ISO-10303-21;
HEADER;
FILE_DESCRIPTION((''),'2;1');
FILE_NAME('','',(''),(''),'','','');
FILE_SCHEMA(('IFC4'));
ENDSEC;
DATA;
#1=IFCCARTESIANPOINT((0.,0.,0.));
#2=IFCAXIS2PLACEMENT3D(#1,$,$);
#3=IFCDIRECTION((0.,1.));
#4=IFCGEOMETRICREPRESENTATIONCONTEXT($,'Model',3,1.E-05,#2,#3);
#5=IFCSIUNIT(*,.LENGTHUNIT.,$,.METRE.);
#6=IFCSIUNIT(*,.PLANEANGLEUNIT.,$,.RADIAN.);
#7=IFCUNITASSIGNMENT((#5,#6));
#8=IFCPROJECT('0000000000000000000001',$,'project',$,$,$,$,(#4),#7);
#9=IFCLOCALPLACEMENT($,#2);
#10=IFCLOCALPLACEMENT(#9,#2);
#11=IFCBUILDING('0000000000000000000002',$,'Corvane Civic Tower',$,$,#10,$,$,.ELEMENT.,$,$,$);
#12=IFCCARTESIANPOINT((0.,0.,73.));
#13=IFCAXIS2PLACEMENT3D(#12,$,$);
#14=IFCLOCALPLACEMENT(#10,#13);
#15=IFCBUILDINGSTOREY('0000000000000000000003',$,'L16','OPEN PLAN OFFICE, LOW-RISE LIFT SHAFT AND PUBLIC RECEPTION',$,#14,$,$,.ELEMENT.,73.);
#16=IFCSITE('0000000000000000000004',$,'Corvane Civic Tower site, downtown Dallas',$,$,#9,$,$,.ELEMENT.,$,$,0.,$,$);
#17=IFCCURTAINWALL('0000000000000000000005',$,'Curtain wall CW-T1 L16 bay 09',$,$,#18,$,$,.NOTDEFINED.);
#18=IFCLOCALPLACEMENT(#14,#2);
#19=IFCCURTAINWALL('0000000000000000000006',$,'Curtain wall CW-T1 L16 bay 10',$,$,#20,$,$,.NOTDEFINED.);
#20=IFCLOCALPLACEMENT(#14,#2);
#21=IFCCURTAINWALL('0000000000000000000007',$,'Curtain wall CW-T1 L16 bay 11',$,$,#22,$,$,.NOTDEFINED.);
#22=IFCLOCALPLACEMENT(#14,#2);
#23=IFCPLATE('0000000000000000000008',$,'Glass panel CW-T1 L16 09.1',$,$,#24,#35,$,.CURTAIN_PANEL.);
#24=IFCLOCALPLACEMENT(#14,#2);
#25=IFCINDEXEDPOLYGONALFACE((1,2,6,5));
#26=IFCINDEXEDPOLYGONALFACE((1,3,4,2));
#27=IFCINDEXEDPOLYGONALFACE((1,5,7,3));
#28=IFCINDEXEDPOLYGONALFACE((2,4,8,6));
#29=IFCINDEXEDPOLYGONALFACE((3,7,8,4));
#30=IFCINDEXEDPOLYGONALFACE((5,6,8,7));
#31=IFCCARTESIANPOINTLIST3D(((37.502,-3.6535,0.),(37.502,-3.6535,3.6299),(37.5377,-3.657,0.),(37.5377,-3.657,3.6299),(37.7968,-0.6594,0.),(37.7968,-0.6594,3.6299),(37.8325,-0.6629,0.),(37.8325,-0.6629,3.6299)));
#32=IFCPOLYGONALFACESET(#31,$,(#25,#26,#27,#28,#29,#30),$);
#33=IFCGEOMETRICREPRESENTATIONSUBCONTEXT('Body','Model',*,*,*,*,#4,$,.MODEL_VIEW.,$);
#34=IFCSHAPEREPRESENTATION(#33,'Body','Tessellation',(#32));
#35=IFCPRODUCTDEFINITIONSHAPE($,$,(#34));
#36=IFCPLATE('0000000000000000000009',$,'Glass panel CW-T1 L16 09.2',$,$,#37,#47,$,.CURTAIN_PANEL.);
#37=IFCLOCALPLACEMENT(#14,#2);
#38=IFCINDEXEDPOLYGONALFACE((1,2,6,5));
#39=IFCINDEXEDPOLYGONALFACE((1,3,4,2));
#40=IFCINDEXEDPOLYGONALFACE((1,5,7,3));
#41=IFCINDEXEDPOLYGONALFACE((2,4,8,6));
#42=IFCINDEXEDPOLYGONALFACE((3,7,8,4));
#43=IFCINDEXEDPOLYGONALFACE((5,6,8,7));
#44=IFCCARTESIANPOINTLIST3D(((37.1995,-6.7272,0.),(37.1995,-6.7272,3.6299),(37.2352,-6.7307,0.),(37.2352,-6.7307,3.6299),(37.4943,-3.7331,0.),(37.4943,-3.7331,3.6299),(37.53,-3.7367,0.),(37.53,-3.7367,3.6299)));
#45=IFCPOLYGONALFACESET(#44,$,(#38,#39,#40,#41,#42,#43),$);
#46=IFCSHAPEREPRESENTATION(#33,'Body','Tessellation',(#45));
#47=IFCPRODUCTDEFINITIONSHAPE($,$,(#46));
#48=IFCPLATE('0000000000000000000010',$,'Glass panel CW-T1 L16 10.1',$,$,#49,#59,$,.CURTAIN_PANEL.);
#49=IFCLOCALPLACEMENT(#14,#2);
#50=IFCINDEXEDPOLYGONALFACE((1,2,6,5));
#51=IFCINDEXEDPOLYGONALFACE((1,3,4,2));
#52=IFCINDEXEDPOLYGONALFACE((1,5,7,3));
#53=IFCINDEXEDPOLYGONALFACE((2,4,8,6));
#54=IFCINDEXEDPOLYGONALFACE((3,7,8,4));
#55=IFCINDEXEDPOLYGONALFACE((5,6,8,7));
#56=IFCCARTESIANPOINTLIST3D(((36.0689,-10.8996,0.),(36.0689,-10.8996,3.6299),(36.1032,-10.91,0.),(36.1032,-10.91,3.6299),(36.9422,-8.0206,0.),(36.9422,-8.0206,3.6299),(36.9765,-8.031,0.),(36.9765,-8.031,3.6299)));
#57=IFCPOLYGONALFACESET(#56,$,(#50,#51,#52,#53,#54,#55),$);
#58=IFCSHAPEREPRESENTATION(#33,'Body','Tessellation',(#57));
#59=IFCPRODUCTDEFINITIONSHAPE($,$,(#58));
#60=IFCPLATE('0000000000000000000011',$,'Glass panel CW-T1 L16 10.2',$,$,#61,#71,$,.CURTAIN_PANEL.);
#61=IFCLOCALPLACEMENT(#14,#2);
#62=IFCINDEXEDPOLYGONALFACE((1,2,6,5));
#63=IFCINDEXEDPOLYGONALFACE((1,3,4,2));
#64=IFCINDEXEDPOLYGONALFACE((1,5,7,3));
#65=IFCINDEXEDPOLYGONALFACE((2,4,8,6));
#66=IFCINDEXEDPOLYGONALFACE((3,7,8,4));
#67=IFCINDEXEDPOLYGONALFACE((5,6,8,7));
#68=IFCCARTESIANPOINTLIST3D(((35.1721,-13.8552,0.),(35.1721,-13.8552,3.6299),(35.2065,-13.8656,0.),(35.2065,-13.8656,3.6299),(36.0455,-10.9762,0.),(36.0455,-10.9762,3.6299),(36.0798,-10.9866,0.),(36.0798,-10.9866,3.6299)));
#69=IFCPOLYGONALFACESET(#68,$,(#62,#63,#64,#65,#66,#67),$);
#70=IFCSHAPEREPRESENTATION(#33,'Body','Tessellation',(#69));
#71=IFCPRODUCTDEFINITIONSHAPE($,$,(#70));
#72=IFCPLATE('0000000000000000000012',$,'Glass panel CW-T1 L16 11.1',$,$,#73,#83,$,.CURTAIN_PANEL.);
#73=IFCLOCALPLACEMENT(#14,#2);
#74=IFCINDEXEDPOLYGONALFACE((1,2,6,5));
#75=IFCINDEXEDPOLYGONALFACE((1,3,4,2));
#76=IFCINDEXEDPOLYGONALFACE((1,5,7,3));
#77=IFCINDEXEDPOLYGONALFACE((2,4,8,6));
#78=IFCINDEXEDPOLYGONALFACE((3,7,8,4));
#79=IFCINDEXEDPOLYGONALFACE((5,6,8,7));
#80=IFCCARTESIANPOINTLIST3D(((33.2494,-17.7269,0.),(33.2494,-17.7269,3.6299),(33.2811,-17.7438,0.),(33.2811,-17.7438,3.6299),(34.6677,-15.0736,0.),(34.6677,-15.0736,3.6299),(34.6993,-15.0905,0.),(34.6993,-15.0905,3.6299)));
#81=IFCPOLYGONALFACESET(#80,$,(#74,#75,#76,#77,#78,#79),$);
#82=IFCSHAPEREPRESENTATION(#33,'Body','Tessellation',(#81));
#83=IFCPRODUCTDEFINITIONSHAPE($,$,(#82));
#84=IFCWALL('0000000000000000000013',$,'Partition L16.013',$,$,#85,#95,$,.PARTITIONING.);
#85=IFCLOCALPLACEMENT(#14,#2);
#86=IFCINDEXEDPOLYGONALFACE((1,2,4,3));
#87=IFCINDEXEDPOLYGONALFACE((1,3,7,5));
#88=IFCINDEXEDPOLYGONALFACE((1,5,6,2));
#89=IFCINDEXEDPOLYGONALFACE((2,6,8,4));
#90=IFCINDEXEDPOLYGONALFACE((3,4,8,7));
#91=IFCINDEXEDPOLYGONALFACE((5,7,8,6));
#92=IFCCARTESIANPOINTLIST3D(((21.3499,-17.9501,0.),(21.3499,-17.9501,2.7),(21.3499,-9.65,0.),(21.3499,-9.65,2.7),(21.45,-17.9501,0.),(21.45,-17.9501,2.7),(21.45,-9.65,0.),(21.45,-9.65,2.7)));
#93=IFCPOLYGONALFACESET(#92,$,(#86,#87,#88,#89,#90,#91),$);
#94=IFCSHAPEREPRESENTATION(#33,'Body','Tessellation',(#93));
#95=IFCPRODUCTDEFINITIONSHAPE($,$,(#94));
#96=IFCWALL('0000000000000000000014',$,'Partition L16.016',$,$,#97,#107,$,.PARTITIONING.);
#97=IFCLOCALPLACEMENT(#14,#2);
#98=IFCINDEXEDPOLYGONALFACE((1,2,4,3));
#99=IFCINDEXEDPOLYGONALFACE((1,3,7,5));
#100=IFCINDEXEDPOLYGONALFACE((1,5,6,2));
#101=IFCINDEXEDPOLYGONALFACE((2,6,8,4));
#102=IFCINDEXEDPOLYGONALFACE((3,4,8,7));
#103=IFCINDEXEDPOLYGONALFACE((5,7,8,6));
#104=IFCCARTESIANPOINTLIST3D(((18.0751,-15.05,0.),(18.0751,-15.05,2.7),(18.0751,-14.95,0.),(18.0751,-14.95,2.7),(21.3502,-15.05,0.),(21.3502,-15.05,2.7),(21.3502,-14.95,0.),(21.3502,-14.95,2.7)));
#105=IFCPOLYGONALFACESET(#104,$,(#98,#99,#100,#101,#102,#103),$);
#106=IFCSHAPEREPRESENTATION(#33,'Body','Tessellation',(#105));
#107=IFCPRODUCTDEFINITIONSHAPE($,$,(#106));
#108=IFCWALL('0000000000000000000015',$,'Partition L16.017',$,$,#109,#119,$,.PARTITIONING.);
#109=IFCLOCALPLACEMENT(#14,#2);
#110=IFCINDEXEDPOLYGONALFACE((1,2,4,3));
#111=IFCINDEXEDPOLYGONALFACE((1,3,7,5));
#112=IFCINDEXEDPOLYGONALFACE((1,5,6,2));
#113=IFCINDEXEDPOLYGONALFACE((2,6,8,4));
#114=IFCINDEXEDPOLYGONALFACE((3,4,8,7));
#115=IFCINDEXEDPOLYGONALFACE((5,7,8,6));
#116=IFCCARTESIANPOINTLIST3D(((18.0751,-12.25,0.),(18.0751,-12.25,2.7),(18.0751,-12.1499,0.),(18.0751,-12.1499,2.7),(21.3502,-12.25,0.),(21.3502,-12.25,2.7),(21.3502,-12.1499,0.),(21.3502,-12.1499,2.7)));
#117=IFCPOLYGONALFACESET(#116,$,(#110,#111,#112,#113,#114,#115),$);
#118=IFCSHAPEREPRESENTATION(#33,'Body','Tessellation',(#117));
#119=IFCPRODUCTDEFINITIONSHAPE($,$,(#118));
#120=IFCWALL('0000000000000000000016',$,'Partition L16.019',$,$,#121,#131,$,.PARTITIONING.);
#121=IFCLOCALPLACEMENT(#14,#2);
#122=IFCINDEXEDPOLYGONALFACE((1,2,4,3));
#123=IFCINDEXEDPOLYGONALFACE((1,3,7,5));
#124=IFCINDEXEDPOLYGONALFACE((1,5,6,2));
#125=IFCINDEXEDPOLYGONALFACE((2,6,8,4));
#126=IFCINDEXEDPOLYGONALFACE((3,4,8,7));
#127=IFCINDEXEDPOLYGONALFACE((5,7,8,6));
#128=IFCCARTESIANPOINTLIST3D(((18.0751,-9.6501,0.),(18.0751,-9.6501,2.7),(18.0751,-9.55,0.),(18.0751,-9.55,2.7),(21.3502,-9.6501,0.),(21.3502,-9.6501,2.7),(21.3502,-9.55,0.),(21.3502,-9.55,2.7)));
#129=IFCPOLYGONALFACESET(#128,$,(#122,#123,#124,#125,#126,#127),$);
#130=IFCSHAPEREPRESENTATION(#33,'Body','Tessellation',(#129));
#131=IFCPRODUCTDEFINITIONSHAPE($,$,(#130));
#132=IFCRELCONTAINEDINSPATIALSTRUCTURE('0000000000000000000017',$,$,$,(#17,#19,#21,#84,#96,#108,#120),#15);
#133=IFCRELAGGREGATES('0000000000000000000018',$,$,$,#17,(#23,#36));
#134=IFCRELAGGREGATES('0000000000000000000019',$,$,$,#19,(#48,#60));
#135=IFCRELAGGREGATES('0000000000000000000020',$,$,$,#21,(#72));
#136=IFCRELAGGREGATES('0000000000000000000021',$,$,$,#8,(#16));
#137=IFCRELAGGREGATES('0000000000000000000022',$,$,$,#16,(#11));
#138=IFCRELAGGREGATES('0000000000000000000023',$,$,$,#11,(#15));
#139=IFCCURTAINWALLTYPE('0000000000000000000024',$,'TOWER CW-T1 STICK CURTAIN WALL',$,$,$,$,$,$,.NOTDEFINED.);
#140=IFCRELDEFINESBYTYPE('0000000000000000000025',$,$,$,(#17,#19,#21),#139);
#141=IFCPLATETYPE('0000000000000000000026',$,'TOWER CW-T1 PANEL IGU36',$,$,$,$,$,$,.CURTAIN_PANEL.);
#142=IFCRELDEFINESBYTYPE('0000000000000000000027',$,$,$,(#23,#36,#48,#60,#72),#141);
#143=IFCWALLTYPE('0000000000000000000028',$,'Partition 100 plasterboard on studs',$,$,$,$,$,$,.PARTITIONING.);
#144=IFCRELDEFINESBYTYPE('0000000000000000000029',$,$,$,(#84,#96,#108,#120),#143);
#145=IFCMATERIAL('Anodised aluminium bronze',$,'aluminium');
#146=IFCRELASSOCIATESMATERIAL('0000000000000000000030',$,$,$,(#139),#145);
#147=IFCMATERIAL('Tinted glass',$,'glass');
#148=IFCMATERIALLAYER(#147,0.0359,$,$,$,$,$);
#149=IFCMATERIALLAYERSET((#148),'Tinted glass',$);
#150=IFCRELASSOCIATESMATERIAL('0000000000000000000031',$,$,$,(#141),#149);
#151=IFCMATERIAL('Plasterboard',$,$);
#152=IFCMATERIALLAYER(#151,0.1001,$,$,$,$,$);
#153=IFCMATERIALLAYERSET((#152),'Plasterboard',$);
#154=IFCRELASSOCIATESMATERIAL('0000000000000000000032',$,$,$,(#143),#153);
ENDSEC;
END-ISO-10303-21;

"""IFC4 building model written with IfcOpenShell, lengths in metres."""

from ifc_helpers import new_model, si_unit, direction, frame, frame_2d, origin, origin_2d, place, context, subcontext, project, spatial, rectangle, extrude, material, layer, layer_set, type_object, element, aggregate, save


model = new_model("IFC4")

# Units and contexts
model_context = context("Model", 3, precision=1e-05, world=origin(), true_north=direction((0.0, 1.0)))
body_context = subcontext(model_context, "Body", "Model", "MODEL_VIEW")
ifc_project = project(units=[si_unit("LENGTHUNIT", "METRE"), si_unit("PLANEANGLEUNIT", "RADIAN")], contexts=[model_context])

# Site, building, storey
site_placement = place(None, origin())
site = spatial("IfcSite", under=ifc_project, at=site_placement, Name="Corvane Civic Tower site, downtown Dallas", CompositionType="ELEMENT", RefElevation=0.0)
building_placement = place(site_placement, origin())
building = spatial("IfcBuilding", under=site, at=building_placement, Name="Corvane Civic Tower", CompositionType="ELEMENT")
storey_placement = place(building_placement, frame((0.0, 0.0, 73.0)))
storey = spatial("IfcBuildingStorey", under=building, at=storey_placement, Name="L16", Description="OPEN PLAN OFFICE, LOW-RISE LIFT SHAFT AND PUBLIC RECEPTION", CompositionType="ELEMENT", Elevation=73.0)

# Curtain walls
ifc_material_1 = material(Name="Anodised aluminium bronze", Category="aluminium")
curtain_wall_type = type_object("IfcCurtainWallType", Name="TOWER CW-T1 STICK CURTAIN WALL", PredefinedType="NOTDEFINED", material=ifc_material_1)
curtain_wall_1_placement = place(storey_placement, origin())
curtain_wall_1 = element("IfcCurtainWall", 1, at=curtain_wall_1_placement, inside=storey, type_object=curtain_wall_type, Name="Curtain wall CW-T1 L16 bay 09", PredefinedType="NOTDEFINED")
curtain_wall_2_placement = place(storey_placement, origin())
curtain_wall_2 = element("IfcCurtainWall", 2, at=curtain_wall_2_placement, inside=storey, type_object=curtain_wall_type, Name="Curtain wall CW-T1 L16 bay 10", PredefinedType="NOTDEFINED")
curtain_wall_3_placement = place(storey_placement, origin())
curtain_wall_3 = element("IfcCurtainWall", 3, at=curtain_wall_3_placement, inside=storey, type_object=curtain_wall_type, Name="Curtain wall CW-T1 L16 bay 11", PredefinedType="NOTDEFINED")

# Plates
ifc_material_2 = material(Name="Tinted glass", Category="glass")
ifc_layer_1 = layer(ifc_material_2, 0.0359)
ifc_layer_set_1 = layer_set([ifc_layer_1], Name="Tinted glass")
plate_type = type_object("IfcPlateType", Name="TOWER CW-T1 PANEL IGU36", PredefinedType="CURTAIN_PANEL", material=ifc_layer_set_1)
plate_1_placement = place(storey_placement, frame((37.6672, -2.1582, 0.0), z_axis=(0.0, 0.0, 1.0), x_axis=(-0.098006, -0.995186, 0.0)))
plate_1 = element("IfcPlate", 4, at=plate_1_placement, type_object=plate_type, Name="Glass panel CW-T1 L16 09.1", PredefinedType="CURTAIN_PANEL", context=body_context, shape_type="SweptSolid", body=[
    extrude(rectangle(XDim=3.0085, YDim=0.0359, at=origin_2d()), origin(), (0.0, 0.0, 1.0), 3.6299),
])
plate_2_placement = place(storey_placement, frame((37.3647, -5.2319, 0.0), z_axis=(0.0, 0.0, 1.0), x_axis=(-0.098006, -0.995186, 0.0)))
plate_2 = element("IfcPlate", 5, at=plate_2_placement, type_object=plate_type, Name="Glass panel CW-T1 L16 09.2", PredefinedType="CURTAIN_PANEL", context=body_context, shape_type="SweptSolid", body=[
    extrude(rectangle(XDim=3.0085, YDim=0.0359, at=origin_2d()), origin(), (0.0, 0.0, 1.0), 3.6299),
])
aggregate(curtain_wall_1, [plate_1, plate_2])
plate_3_placement = place(storey_placement, frame((36.5227, -9.4653, 0.0), z_axis=(0.0, 0.0, 1.0), x_axis=(-0.290278, -0.956942, 0.0)))
plate_3 = element("IfcPlate", 6, at=plate_3_placement, type_object=plate_type, Name="Glass panel CW-T1 L16 10.1", PredefinedType="CURTAIN_PANEL", context=body_context, shape_type="SweptSolid", body=[
    extrude(rectangle(XDim=3.0085, YDim=0.0359, at=origin_2d()), origin(), (0.0, 0.0, 1.0), 3.6299),
])
plate_4_placement = place(storey_placement, frame((35.626, -12.4209, 0.0), z_axis=(0.0, 0.0, 1.0), x_axis=(-0.290278, -0.956942, 0.0)))
plate_4 = element("IfcPlate", 7, at=plate_4_placement, type_object=plate_type, Name="Glass panel CW-T1 L16 10.2", PredefinedType="CURTAIN_PANEL", context=body_context, shape_type="SweptSolid", body=[
    extrude(rectangle(XDim=3.0085, YDim=0.0359, at=origin_2d()), origin(), (0.0, 0.0, 1.0), 3.6299),
])
aggregate(curtain_wall_2, [plate_3, plate_4])
plate_5_placement = place(storey_placement, frame((33.9744, -16.4087, 0.0), z_axis=(0.0, 0.0, 1.0), x_axis=(-0.471404, -0.881918, 0.0)))
plate_5 = element("IfcPlate", 8, at=plate_5_placement, type_object=plate_type, Name="Glass panel CW-T1 L16 11.1", PredefinedType="CURTAIN_PANEL", context=body_context, shape_type="SweptSolid", body=[
    extrude(rectangle(XDim=3.0085, YDim=0.0359, at=origin_2d()), origin(), (0.0, 0.0, 1.0), 3.6299),
])
aggregate(curtain_wall_3, [plate_5])

# Walls
ifc_material_3 = material(Name="Plasterboard")
ifc_layer_2 = layer(ifc_material_3, 0.1001)
ifc_layer_set_2 = layer_set([ifc_layer_2], Name="Plasterboard")
wall_type = type_object("IfcWallType", Name="Partition 100 plasterboard on studs", PredefinedType="PARTITIONING", material=ifc_layer_set_2)
wall_placement = place(storey_placement, frame((21.3999, -17.95, 0.0), z_axis=(0.0, 0.0, 1.0), x_axis=(0.0, 1.0, 0.0)))
element("IfcWall", 9, at=wall_placement, inside=storey, type_object=wall_type, Name="Partition L16.013", PredefinedType="PARTITIONING", context=body_context, shape_type="SweptSolid", body=[
    extrude(rectangle(XDim=8.3, YDim=0.1001, at=frame_2d((4.1499, 0.0))), origin(), (0.0, 0.0, 1.0), 2.7),
])
for number, where, z_axis, x_axis, name in (
    (10, (18.075, -15.0, 0.0), (0.0, 0.0, 1.0), (1.0, 0.0, 0.0), "Partition L16.016"),
    (11, (18.075, -12.2, 0.0), (0.0, 0.0, 1.0), (1.0, 0.0, 0.0), "Partition L16.017"),
    (12, (18.075, -9.6001, 0.0), (0.0, 0.0, 1.0), (1.0, 0.0, 0.0), "Partition L16.019"),
):
    element("IfcWall", number, at=place(storey_placement, frame(where, z_axis=z_axis, x_axis=x_axis)), inside=storey, type_object=wall_type, Name=name, PredefinedType="PARTITIONING", context=body_context, shape_type="SweptSolid", body=[
        extrude(rectangle(XDim=3.2751, YDim=0.1001, at=frame_2d((1.6377, 0.0))), origin(), (0.0, 0.0, 1.0), 2.7),
    ])

save(model, "model.ifc")
